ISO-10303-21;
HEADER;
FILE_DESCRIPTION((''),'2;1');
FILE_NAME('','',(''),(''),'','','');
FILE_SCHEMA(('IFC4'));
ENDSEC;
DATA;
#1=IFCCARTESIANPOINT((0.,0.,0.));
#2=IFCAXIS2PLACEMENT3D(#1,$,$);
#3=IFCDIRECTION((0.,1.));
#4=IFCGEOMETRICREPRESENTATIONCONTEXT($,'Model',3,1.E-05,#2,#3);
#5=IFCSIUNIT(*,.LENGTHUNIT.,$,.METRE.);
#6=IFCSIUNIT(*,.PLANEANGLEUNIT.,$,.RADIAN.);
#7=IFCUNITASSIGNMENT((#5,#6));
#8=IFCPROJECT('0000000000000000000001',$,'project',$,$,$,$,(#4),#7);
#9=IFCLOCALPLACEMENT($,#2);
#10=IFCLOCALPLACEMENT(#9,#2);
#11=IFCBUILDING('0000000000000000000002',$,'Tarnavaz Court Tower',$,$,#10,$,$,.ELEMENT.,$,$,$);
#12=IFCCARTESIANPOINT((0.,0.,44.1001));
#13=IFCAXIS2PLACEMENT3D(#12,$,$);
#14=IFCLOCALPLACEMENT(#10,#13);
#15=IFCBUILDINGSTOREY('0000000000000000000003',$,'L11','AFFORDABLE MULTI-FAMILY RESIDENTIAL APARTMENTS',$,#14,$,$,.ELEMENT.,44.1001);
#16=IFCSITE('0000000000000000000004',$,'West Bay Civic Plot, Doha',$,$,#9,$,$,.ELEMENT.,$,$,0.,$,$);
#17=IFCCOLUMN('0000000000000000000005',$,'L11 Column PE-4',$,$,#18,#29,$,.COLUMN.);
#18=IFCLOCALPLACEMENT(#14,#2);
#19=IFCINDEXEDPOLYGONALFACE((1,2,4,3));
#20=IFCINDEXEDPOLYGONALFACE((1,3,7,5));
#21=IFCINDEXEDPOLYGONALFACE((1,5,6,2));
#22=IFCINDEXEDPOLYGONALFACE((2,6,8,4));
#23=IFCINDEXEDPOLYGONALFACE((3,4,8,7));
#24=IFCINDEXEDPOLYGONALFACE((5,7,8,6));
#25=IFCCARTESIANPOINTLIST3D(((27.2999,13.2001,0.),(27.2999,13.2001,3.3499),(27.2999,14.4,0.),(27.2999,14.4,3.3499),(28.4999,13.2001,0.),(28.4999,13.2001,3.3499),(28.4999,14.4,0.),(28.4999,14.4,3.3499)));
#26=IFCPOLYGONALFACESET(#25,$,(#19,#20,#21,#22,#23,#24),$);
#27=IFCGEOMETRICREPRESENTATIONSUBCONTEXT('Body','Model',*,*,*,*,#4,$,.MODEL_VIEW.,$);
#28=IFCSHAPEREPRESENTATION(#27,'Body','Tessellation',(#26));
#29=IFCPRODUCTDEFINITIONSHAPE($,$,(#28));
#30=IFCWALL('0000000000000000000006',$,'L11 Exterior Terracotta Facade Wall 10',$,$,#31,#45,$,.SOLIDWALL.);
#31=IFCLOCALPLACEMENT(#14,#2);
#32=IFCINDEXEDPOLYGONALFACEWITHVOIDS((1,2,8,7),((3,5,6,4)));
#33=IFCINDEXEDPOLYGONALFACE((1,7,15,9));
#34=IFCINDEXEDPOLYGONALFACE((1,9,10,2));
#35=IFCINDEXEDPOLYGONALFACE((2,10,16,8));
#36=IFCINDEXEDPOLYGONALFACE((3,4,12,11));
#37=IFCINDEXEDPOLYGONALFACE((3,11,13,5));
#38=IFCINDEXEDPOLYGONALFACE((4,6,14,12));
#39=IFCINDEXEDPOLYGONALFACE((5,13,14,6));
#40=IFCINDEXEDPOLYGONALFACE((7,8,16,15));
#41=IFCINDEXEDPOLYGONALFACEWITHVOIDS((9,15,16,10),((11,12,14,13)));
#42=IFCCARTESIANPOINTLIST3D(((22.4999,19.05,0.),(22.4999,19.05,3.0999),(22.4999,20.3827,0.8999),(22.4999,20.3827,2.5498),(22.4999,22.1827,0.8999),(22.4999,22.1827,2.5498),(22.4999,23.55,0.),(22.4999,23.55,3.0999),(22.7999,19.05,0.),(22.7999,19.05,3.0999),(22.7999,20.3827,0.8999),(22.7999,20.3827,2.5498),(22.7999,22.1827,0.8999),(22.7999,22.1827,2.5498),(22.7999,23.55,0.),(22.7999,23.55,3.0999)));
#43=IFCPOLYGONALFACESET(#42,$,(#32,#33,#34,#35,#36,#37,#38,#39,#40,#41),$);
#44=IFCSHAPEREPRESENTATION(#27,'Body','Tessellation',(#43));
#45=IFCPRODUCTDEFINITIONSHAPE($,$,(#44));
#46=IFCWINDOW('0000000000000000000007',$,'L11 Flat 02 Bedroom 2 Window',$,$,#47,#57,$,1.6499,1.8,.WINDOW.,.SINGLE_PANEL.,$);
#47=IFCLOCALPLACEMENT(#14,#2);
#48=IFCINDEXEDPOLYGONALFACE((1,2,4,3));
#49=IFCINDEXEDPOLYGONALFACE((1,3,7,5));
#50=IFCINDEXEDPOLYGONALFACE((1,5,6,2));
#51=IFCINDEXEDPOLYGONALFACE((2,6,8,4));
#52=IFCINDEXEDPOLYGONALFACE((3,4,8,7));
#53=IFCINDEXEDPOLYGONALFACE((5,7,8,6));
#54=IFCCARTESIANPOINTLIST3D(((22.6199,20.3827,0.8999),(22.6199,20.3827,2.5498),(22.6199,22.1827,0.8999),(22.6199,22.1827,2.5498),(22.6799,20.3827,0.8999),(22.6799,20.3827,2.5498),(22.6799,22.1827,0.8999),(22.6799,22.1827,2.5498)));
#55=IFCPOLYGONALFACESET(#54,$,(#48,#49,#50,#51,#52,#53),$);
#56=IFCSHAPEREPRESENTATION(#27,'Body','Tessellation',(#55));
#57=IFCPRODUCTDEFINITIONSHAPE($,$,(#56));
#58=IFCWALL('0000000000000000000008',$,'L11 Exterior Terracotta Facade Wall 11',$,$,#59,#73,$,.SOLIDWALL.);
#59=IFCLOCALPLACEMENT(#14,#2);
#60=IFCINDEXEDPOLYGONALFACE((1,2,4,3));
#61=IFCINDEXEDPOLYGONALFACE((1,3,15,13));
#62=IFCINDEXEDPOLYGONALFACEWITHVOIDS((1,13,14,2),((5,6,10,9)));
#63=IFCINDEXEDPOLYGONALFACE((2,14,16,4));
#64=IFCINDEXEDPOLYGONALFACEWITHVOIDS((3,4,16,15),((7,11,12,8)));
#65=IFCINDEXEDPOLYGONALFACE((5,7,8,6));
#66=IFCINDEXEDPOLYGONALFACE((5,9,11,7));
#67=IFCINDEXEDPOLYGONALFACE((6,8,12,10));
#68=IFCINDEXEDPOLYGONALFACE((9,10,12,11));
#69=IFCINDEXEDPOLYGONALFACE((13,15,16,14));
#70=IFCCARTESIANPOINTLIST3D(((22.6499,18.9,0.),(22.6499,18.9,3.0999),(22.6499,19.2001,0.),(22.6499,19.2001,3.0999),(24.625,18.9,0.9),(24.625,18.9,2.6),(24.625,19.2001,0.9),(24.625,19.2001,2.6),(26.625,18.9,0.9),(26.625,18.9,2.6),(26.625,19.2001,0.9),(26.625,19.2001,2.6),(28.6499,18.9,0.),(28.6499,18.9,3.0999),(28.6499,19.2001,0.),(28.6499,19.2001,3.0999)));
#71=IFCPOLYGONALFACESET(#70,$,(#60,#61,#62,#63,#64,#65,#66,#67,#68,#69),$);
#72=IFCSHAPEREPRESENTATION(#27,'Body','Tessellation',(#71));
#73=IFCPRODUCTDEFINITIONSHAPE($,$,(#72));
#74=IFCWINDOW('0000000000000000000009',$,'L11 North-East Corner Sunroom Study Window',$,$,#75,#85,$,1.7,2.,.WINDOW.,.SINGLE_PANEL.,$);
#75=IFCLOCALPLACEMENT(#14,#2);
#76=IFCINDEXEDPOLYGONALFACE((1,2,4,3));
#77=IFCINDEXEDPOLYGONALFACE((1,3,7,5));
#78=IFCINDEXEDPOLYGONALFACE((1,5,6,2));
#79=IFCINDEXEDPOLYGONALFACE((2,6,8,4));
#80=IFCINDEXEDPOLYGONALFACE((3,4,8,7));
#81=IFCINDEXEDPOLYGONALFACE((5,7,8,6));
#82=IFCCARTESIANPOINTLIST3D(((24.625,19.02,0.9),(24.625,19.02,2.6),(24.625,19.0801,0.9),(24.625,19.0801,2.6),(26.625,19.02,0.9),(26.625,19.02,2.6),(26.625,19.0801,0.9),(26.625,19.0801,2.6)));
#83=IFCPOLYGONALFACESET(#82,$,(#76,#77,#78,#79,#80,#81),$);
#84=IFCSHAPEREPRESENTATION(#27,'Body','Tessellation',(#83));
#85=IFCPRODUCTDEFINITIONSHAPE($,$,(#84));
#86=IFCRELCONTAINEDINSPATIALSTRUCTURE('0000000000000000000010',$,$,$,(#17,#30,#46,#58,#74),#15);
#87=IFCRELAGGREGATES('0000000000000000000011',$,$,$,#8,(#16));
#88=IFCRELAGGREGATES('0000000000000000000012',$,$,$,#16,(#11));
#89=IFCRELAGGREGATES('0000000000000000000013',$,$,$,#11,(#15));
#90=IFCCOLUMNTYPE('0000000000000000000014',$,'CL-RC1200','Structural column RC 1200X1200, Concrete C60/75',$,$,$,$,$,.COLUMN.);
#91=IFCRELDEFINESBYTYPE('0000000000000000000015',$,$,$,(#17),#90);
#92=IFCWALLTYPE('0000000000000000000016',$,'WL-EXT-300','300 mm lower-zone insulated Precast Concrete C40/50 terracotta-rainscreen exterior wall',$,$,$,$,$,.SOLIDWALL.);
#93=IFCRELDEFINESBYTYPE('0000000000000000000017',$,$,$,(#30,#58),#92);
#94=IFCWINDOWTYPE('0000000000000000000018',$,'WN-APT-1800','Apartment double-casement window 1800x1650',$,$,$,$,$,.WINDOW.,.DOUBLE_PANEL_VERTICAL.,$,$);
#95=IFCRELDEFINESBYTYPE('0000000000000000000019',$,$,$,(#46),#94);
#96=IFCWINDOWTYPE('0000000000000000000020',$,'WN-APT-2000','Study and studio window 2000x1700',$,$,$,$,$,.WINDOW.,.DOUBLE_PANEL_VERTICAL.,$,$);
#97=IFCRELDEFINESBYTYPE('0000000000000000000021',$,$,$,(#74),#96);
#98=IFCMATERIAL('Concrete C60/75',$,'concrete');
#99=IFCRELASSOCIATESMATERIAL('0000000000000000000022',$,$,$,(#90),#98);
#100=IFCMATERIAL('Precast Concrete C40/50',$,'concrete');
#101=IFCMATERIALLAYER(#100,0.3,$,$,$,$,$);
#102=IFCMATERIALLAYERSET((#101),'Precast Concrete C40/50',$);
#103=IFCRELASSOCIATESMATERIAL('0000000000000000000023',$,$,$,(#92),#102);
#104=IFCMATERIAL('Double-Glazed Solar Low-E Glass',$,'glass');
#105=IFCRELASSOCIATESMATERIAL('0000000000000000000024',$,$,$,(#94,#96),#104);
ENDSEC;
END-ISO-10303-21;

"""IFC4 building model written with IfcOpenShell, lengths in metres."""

from ifc_helpers import new_model, si_unit, direction, frame, frame_2d, origin, origin_2d, place, context, subcontext, project, spatial, rectangle, extrude, material, layer, layer_set, material_profile, profile_set, type_object, element, fill, save


model = new_model("IFC4")

# Units and contexts
model_context = context("Model", 3, precision=1e-05, world=origin(), true_north=direction((0.0, 1.0)))
body_context = subcontext(model_context, "Body", "Model", "MODEL_VIEW")
ifc_project = project(units=[si_unit("LENGTHUNIT", "METRE"), si_unit("PLANEANGLEUNIT", "RADIAN")], contexts=[model_context])

# Site, building, storey
site_placement = place(None, origin())
site = spatial("IfcSite", under=ifc_project, at=site_placement, Name="West Bay Civic Plot, Doha", CompositionType="ELEMENT", RefElevation=0.0)
building_placement = place(site_placement, origin())
building = spatial("IfcBuilding", under=site, at=building_placement, Name="Tarnavaz Court Tower", CompositionType="ELEMENT")
storey_placement = place(building_placement, frame((0.0, 0.0, 44.1001)))
storey = spatial("IfcBuildingStorey", under=building, at=storey_placement, Name="L11", Description="AFFORDABLE MULTI-FAMILY RESIDENTIAL APARTMENTS", CompositionType="ELEMENT", Elevation=44.1001)

# Column
ifc_material_1 = material(Name="Concrete C60/75", Category="concrete")
ifc_material_profile_1 = material_profile(ifc_material_1, rectangle(XDim=1.2, YDim=1.2, at=origin_2d()), Name="RC 1200X1200")
ifc_profile_set_1 = profile_set([ifc_material_profile_1], Name="Concrete C60/75")
column_type = type_object("IfcColumnType", Name="CL-RC1200", Description="Structural column RC 1200X1200, Concrete C60/75", PredefinedType="COLUMN", material=ifc_profile_set_1)
column_placement = place(storey_placement, frame((27.8999, 13.8, 0.0), z_axis=(0.0, 0.0, 1.0), x_axis=(1.0, 0.0, 0.0)))
element("IfcColumn", 1, at=column_placement, inside=storey, type_object=column_type, Name="L11 Column PE-4", PredefinedType="COLUMN", context=body_context, shape_type="SweptSolid", body=[
    extrude(rectangle(XDim=1.2, YDim=1.2, at=origin_2d()), origin(), (0.0, 0.0, 1.0), 3.3499),
])

# Walls, openings, windows
ifc_material_2 = material(Name="Precast Concrete C40/50", Category="concrete")
ifc_layer_1 = layer(ifc_material_2, 0.3)
ifc_layer_set_1 = layer_set([ifc_layer_1], Name="Precast Concrete C40/50")
wall_type_1 = type_object("IfcWallType", Name="WL-EXT-300", Description="300 mm lower-zone insulated Precast Concrete C40/50 terracotta-rainscreen exterior wall", PredefinedType="SOLIDWALL", material=ifc_layer_set_1)
wall_1_placement = place(storey_placement, frame((22.6499, 23.55, 0.0), z_axis=(0.0, 0.0, 1.0), x_axis=(0.0, -1.0, 0.0)))
wall_1 = element("IfcWall", 2, at=wall_1_placement, inside=storey, type_object=wall_type_1, Name="L11 Exterior Terracotta Facade Wall 10", PredefinedType="SOLIDWALL", context=body_context, shape_type="SweptSolid", body=[
    extrude(rectangle(XDim=4.5, YDim=0.3, at=frame_2d((2.25, 0.0))), origin(), (0.0, 0.0, 1.0), 3.0999),
])
opening_1_placement = place(wall_1_placement, frame((1.3674, 0.0, 0.8999)))
opening_1 = element("IfcOpeningElement", 3, at=opening_1_placement, cuts=wall_1, PredefinedType="OPENING", context=body_context, shape_type="SweptSolid", body=[
    extrude(rectangle(XDim=1.8, YDim=1.6499, at=frame_2d((0.8999, 0.825))), frame((0.0, 0.1599, 0.0), z_axis=(0.0, -1.0, 0.0), x_axis=(1.0, 0.0, 0.0)), (0.0, 0.0, 1.0), 0.3201),
])
ifc_material_3 = material(Name="Double-Glazed Solar Low-E Glass", Category="glass")
window_type_1 = type_object("IfcWindowType", Name="WN-APT-1800", Description="Apartment double-casement window 1800x1650", PartitioningType="DOUBLE_PANEL_VERTICAL", PredefinedType="WINDOW", material=ifc_material_3)
window_1_placement = place(opening_1_placement, origin())
window_1 = element("IfcWindow", 4, at=window_1_placement, inside=storey, type_object=window_type_1, Name="L11 Flat 02 Bedroom 2 Window", OverallHeight=1.6499, OverallWidth=1.8, PartitioningType="SINGLE_PANEL", PredefinedType="WINDOW", context=body_context, shape_type="SweptSolid", body=[
    extrude(rectangle(XDim=1.8, YDim=1.6499, at=frame_2d((0.8999, 0.825))), frame((0.0, 0.03, 0.0), z_axis=(0.0, -1.0, 0.0), x_axis=(1.0, 0.0, 0.0)), (0.0, 0.0, 1.0), 0.0601),
])
fill(opening_1, window_1)
wall_2_placement = place(storey_placement, frame((22.6499, 19.05, 0.0), z_axis=(0.0, 0.0, 1.0), x_axis=(1.0, 0.0, 0.0)))
wall_2 = element("IfcWall", 5, at=wall_2_placement, inside=storey, type_object=wall_type_1, Name="L11 Exterior Terracotta Facade Wall 11", PredefinedType="SOLIDWALL", context=body_context, shape_type="SweptSolid", body=[
    extrude(rectangle(XDim=6.0, YDim=0.3, at=frame_2d((3.0, 0.0))), origin(), (0.0, 0.0, 1.0), 3.0999),
])
opening_2_placement = place(wall_2_placement, frame((1.9751, 0.0, 0.8999)))
opening_2 = element("IfcOpeningElement", 6, at=opening_2_placement, cuts=wall_2, PredefinedType="OPENING", context=body_context, shape_type="SweptSolid", body=[
    extrude(rectangle(XDim=2.0, YDim=1.7, at=frame_2d((1.0, 0.8501))), frame((0.0, 0.1599, 0.0), z_axis=(0.0, -1.0, 0.0), x_axis=(1.0, 0.0, 0.0)), (0.0, 0.0, 1.0), 0.3201),
])
window_type_2 = type_object("IfcWindowType", Name="WN-APT-2000", Description="Study and studio window 2000x1700", PartitioningType="DOUBLE_PANEL_VERTICAL", PredefinedType="WINDOW", material=ifc_material_3)
window_2_placement = place(opening_2_placement, origin())
window_2 = element("IfcWindow", 7, at=window_2_placement, inside=storey, type_object=window_type_2, Name="L11 North-East Corner Sunroom Study Window", OverallHeight=1.7, OverallWidth=2.0, PartitioningType="SINGLE_PANEL", PredefinedType="WINDOW", context=body_context, shape_type="SweptSolid", body=[
    extrude(rectangle(XDim=2.0, YDim=1.7, at=frame_2d((1.0, 0.8501))), frame((0.0, 0.03, 0.0), z_axis=(0.0, -1.0, 0.0), x_axis=(1.0, 0.0, 0.0)), (0.0, 0.0, 1.0), 0.0601),
])
fill(opening_2, window_2)

save(model, "model.ifc")
